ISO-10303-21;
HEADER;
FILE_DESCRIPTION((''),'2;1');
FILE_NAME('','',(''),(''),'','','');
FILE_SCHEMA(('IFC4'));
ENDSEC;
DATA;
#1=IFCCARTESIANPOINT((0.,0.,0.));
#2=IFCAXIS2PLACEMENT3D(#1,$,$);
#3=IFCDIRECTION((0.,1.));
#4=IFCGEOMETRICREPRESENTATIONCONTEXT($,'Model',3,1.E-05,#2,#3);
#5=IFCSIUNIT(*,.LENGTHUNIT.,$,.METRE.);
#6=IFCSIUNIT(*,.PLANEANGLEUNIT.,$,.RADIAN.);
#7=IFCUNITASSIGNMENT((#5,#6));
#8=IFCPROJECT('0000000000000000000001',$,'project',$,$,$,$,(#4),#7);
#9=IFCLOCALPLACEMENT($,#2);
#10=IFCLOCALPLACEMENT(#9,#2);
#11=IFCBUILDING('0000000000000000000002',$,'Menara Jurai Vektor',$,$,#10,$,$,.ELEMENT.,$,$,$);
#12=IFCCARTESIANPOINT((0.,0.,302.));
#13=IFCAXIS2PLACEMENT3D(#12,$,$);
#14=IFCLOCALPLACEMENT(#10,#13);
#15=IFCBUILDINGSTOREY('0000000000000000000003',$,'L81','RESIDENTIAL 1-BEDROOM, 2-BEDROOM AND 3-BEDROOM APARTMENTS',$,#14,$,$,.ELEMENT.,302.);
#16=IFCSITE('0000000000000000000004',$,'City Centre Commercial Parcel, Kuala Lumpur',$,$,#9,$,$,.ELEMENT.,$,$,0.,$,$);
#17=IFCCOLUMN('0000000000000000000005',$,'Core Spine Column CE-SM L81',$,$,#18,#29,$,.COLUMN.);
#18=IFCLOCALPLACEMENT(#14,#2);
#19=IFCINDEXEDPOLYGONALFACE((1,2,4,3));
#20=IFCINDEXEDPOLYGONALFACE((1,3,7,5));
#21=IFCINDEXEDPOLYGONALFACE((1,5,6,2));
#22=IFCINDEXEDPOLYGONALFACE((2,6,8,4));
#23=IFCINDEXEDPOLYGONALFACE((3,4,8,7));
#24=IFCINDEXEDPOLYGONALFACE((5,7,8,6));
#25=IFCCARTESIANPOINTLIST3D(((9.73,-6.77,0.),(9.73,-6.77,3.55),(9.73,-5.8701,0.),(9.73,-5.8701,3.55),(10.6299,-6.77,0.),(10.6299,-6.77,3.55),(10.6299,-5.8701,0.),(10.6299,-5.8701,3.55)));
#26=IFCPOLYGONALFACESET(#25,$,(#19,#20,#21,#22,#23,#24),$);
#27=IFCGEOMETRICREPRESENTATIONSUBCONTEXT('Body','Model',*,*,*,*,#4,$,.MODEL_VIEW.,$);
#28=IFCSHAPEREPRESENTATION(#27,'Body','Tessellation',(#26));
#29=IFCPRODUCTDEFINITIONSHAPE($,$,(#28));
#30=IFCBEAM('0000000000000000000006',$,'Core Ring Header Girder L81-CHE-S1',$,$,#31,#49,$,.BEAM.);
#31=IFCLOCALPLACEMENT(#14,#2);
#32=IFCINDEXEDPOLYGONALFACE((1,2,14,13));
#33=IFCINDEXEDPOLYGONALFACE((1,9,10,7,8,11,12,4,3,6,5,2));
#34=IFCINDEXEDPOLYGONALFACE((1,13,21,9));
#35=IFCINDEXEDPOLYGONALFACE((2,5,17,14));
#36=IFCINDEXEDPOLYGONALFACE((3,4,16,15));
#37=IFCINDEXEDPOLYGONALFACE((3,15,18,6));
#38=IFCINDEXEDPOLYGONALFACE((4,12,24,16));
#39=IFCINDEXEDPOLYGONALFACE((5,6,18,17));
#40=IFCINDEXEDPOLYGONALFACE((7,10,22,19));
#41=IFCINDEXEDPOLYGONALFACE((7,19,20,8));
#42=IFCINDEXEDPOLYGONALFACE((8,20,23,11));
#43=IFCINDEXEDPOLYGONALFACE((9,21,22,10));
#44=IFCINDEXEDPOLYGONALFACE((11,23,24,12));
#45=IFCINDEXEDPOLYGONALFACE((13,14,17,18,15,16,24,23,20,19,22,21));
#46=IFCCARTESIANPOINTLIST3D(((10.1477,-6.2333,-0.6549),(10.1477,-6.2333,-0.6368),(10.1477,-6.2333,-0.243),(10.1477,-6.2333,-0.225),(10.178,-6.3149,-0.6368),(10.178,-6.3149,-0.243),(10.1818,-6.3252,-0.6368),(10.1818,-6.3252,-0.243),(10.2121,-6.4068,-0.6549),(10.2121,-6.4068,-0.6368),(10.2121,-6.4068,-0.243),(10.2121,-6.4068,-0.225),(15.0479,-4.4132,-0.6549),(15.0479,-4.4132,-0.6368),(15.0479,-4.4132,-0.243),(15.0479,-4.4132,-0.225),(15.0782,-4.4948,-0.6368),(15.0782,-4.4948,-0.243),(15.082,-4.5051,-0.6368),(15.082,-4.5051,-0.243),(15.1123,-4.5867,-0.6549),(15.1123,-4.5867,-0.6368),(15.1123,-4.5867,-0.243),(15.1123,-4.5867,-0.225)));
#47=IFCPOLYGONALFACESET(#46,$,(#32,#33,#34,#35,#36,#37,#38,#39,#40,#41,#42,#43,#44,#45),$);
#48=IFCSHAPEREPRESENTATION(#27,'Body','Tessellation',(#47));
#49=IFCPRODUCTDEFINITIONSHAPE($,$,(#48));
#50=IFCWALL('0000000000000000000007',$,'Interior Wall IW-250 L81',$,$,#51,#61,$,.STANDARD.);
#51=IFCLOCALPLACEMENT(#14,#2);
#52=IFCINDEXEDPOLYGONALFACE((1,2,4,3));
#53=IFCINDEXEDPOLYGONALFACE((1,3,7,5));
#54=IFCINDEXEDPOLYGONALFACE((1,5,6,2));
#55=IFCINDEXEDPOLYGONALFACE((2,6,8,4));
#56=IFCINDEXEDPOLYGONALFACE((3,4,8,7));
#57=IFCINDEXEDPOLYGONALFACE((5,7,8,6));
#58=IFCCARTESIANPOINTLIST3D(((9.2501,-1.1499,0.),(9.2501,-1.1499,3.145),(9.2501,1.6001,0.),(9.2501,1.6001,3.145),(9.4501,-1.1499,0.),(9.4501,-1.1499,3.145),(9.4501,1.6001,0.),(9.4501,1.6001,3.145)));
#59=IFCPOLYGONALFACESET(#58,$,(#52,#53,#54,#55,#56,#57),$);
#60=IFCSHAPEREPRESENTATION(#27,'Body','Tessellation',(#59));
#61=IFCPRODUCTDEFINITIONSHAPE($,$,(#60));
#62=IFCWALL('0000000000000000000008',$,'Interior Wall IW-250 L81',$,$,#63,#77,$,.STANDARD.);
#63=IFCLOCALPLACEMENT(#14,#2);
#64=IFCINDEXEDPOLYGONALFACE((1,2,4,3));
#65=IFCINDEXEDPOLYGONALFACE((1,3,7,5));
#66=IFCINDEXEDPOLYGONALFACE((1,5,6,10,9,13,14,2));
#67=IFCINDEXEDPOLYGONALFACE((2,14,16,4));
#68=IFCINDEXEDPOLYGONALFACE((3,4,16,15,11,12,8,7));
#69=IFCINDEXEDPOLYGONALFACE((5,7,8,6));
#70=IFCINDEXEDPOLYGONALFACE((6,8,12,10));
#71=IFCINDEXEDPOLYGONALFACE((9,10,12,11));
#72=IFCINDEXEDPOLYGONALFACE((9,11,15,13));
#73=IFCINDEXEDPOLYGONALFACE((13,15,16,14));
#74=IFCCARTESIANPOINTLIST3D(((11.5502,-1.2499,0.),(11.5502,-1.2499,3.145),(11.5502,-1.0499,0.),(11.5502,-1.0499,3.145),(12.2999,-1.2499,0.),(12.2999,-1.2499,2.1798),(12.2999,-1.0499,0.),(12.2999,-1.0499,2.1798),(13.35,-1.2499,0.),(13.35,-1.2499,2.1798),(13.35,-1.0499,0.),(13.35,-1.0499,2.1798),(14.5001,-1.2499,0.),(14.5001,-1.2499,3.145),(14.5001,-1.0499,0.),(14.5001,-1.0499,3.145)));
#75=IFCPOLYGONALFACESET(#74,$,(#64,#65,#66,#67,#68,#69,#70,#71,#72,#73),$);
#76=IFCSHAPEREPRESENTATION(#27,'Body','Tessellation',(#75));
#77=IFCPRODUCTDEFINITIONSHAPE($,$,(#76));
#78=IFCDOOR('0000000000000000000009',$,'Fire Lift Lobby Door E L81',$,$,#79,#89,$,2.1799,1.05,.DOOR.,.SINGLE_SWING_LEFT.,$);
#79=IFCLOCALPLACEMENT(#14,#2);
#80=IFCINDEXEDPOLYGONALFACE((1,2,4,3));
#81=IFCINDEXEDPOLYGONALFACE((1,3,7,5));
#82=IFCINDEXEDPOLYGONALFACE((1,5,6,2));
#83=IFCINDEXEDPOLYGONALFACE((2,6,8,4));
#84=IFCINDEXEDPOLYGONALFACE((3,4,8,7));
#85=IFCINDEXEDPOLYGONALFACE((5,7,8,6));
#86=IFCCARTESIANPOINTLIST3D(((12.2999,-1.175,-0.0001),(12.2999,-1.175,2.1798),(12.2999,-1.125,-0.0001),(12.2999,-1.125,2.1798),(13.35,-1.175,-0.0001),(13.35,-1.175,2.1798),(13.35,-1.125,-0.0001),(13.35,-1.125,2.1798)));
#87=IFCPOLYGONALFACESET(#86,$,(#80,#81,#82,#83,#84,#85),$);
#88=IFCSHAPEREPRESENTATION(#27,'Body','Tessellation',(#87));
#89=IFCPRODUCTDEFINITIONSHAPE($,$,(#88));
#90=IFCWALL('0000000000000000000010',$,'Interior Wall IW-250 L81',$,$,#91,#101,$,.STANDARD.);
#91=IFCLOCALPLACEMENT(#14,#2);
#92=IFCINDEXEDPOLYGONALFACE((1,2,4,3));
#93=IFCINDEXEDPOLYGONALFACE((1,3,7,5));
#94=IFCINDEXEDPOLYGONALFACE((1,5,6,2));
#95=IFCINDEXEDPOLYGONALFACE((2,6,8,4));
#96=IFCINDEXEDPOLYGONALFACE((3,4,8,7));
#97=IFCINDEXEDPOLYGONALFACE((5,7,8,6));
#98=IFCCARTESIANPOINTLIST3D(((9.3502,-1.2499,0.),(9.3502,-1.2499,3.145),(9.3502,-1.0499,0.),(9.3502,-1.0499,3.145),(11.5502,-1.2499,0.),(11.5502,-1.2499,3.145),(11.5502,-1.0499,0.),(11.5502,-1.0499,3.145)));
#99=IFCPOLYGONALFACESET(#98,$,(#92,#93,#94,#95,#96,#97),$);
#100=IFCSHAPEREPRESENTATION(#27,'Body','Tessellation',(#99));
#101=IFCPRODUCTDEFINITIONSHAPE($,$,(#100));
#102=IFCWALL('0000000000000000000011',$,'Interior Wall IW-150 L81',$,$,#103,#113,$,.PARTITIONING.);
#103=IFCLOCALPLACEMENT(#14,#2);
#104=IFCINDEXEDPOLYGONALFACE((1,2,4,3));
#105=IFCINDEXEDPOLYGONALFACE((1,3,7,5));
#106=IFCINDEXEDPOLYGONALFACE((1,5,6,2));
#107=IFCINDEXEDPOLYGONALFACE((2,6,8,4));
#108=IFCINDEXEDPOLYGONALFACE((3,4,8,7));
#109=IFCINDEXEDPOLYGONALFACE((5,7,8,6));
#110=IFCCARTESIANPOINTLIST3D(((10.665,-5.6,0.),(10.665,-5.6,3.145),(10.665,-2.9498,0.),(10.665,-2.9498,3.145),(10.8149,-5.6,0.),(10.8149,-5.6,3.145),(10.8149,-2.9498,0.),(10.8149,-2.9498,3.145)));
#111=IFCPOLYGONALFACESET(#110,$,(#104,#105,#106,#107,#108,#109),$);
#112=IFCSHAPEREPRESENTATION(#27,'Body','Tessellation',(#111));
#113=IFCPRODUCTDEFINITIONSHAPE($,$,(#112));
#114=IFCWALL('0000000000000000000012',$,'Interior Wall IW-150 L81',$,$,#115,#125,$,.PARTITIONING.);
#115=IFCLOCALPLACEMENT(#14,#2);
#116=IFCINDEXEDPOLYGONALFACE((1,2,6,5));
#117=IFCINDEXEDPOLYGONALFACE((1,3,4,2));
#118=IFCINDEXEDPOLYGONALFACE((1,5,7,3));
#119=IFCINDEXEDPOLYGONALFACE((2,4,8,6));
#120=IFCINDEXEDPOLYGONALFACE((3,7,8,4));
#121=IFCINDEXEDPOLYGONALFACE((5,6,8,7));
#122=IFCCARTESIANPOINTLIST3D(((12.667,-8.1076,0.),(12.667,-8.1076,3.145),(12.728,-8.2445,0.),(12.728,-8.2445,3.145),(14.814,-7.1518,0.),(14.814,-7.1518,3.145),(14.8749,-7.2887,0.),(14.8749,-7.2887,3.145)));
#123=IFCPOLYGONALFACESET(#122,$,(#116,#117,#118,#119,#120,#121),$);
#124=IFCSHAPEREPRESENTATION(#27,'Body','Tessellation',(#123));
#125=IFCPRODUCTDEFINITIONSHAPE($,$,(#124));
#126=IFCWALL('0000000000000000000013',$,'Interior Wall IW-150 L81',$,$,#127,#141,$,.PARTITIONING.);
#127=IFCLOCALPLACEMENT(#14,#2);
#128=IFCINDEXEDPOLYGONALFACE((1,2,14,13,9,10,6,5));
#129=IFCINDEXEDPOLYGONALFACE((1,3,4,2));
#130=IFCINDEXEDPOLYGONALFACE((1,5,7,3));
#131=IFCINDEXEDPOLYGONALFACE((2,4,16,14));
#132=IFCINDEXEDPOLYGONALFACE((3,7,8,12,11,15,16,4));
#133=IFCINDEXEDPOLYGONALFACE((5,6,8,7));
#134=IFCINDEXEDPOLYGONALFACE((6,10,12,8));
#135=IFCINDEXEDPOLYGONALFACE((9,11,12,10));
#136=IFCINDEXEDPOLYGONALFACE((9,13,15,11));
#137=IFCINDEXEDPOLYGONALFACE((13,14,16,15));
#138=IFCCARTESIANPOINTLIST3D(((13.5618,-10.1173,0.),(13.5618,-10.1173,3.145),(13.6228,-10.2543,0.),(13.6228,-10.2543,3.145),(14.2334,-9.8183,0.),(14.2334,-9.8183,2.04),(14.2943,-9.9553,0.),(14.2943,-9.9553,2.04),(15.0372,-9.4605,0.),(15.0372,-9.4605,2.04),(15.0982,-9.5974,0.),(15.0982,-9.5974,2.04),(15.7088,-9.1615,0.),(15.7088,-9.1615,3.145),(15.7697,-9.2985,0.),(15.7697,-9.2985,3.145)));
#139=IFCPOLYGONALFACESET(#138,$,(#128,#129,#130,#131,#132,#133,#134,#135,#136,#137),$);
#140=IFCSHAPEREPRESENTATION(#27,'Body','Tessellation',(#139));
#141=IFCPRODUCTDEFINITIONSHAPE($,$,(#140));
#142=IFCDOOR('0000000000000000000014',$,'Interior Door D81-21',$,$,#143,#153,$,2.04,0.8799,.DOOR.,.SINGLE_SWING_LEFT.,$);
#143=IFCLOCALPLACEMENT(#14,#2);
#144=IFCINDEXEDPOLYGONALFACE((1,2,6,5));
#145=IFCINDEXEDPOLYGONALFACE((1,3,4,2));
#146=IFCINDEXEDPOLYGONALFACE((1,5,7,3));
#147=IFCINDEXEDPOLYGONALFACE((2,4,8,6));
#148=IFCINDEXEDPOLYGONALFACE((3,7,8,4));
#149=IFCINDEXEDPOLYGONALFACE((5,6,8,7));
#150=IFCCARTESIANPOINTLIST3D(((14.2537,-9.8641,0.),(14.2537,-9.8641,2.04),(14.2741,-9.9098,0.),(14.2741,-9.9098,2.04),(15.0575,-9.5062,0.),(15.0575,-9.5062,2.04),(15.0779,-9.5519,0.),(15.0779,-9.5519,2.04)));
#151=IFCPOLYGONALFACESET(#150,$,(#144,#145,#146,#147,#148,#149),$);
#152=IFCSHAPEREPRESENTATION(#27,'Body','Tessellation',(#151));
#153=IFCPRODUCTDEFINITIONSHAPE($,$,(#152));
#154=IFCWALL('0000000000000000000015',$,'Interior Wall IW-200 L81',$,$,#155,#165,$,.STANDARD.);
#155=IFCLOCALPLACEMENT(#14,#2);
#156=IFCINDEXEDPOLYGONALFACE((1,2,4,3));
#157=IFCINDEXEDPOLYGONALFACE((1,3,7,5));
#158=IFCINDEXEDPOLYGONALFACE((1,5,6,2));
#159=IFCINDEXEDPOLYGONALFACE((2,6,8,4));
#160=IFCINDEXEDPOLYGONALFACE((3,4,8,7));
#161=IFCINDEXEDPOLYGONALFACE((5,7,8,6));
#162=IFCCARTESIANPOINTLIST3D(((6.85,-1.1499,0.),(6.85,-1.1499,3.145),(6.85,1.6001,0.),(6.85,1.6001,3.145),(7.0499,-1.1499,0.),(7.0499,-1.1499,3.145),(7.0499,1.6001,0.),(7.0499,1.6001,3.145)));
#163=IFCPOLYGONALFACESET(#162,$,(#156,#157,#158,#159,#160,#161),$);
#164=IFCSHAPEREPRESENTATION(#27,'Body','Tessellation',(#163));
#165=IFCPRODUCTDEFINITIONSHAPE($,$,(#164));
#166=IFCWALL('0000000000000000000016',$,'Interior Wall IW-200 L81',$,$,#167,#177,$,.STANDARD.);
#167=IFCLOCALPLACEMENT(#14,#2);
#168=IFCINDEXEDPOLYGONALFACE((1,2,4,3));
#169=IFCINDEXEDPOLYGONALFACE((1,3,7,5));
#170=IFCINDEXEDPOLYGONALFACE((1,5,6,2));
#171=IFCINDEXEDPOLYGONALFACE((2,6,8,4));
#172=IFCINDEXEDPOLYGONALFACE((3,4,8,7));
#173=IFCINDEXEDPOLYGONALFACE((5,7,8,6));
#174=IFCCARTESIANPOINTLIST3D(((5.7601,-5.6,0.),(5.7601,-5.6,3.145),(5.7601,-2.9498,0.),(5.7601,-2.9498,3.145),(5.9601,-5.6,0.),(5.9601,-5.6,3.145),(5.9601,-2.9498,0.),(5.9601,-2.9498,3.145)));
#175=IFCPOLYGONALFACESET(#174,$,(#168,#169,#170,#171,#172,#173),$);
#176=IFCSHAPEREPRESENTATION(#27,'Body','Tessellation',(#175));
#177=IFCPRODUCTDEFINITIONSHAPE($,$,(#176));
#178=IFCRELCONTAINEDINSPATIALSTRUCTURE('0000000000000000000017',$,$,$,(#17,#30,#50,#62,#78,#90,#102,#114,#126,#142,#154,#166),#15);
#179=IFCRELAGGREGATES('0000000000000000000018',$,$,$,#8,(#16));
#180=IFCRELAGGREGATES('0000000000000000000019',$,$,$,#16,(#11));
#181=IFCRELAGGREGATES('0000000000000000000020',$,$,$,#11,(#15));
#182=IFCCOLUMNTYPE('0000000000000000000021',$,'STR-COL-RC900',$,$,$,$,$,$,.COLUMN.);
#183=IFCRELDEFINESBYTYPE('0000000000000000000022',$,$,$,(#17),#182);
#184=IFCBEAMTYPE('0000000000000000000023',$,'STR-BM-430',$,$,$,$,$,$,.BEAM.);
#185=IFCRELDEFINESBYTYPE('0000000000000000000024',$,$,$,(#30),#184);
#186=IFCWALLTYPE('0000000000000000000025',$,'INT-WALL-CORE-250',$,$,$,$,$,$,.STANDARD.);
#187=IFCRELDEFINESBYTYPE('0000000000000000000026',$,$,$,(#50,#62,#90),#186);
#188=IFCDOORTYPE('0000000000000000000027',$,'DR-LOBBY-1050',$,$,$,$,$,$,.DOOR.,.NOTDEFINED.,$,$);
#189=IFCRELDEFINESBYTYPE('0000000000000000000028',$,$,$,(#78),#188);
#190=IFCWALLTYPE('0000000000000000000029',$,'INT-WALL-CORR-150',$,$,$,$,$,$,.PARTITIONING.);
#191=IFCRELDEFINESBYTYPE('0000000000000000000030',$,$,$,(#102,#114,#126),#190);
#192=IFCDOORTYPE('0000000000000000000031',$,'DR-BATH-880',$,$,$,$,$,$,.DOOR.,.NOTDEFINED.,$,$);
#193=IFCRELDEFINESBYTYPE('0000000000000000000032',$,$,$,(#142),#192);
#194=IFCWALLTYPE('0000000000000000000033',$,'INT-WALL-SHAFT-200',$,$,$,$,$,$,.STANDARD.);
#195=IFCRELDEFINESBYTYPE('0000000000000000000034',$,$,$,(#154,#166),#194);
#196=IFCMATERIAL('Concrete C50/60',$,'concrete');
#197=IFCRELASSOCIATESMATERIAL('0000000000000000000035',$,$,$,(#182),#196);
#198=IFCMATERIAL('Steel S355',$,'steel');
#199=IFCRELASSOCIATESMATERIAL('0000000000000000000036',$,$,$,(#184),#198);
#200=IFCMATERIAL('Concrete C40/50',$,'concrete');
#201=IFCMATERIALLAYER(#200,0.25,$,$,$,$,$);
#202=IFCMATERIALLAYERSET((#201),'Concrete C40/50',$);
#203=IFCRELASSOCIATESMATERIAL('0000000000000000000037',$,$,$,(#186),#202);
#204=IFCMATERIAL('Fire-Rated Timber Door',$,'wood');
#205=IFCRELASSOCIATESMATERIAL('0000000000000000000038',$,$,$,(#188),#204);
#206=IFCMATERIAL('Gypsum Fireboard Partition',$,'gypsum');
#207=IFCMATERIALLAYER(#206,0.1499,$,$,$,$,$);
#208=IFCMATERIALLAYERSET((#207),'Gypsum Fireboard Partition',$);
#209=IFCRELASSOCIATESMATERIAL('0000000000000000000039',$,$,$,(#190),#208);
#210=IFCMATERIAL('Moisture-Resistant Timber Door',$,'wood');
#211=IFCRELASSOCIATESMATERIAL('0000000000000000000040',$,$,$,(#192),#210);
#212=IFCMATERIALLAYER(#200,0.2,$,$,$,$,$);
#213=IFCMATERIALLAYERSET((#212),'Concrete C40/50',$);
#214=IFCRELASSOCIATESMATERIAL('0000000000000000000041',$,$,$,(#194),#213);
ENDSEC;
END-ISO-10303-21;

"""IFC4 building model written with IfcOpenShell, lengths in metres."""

from ifc_helpers import new_model, si_unit, direction, frame, frame_2d, origin, origin_2d, place, context, subcontext, project, spatial, rectangle, i_section, extrude, material, layer, layer_set, material_profile, profile_set, type_object, element, fill, save


model = new_model("IFC4")

# Units and contexts
model_context = context("Model", 3, precision=1e-05, world=origin(), true_north=direction((0.0, 1.0)))
body_context = subcontext(model_context, "Body", "Model", "MODEL_VIEW")
ifc_project = project(units=[si_unit("LENGTHUNIT", "METRE"), si_unit("PLANEANGLEUNIT", "RADIAN")], contexts=[model_context])

# Site, building, storey
site_placement = place(None, origin())
site = spatial("IfcSite", under=ifc_project, at=site_placement, Name="City Centre Commercial Parcel, Kuala Lumpur", CompositionType="ELEMENT", RefElevation=0.0)
building_placement = place(site_placement, origin())
building = spatial("IfcBuilding", under=site, at=building_placement, Name="Menara Jurai Vektor", CompositionType="ELEMENT")
storey_placement = place(building_placement, frame((0.0, 0.0, 302.0)))
storey = spatial("IfcBuildingStorey", under=building, at=storey_placement, Name="L81", Description="RESIDENTIAL 1-BEDROOM, 2-BEDROOM AND 3-BEDROOM APARTMENTS", CompositionType="ELEMENT", Elevation=302.0)

# Column
ifc_material_1 = material(Name="Concrete C50/60", Category="concrete")
ifc_material_profile_1 = material_profile(ifc_material_1, rectangle(XDim=0.8999, YDim=0.8999, at=origin_2d()), Name="RC 900x900")
ifc_profile_set_1 = profile_set([ifc_material_profile_1], Name="Concrete C50/60")
column_type = type_object("IfcColumnType", Name="STR-COL-RC900", PredefinedType="COLUMN", material=ifc_profile_set_1)
column_placement = place(storey_placement, frame((10.1799, -6.3201, 0.0), z_axis=(0.0, 0.0, 1.0), x_axis=(1.0, 0.0, 0.0)))
element("IfcColumn", 1, at=column_placement, inside=storey, type_object=column_type, Name="Core Spine Column CE-SM L81", PredefinedType="COLUMN", context=body_context, shape_type="SweptSolid", body=[
    extrude(rectangle(XDim=0.8999, YDim=0.8999, at=origin_2d()), origin(), (0.0, 0.0, 1.0), 3.55),
])

# Beam
ifc_material_2 = material(Name="Steel S355", Category="steel")
ifc_material_profile_2 = material_profile(ifc_material_2, i_section(OverallWidth=0.1851, OverallDepth=0.4299, WebThickness=0.011, FlangeThickness=0.0181, at=origin_2d()), Name="PG 430x185x76")
ifc_profile_set_2 = profile_set([ifc_material_profile_2], Name="Steel S355")
beam_type = type_object("IfcBeamType", Name="STR-BM-430", PredefinedType="BEAM", material=ifc_profile_set_2)
beam_placement = place(storey_placement, frame((10.1799, -6.3201, -0.4399), z_axis=(0.937424, 0.348189, 0.0), x_axis=(-0.348189, 0.937424, 0.0)))
element("IfcBeam", 2, at=beam_placement, inside=storey, type_object=beam_type, Name="Core Ring Header Girder L81-CHE-S1", PredefinedType="BEAM", context=body_context, shape_type="SweptSolid", body=[
    extrude(i_section(OverallWidth=0.1851, OverallDepth=0.4299, WebThickness=0.011, FlangeThickness=0.0181, at=origin_2d()), origin(), (0.0, 0.0, 1.0), 5.2273),
])

# Shared definitions
ifc_material_3 = material(Name="Concrete C40/50", Category="concrete")
ifc_layer_1 = layer(ifc_material_3, 0.25)
ifc_layer_set_1 = layer_set([ifc_layer_1], Name="Concrete C40/50")
wall_type_1 = type_object("IfcWallType", Name="INT-WALL-CORE-250", PredefinedType="STANDARD", material=ifc_layer_set_1)

# Wall
wall_1_placement = place(storey_placement, frame((9.3501, -1.1499, 0.0), z_axis=(0.0, 0.0, 1.0), x_axis=(0.0, 1.0, 0.0)))
element("IfcWall", 3, at=wall_1_placement, inside=storey, type_object=wall_type_1, Name="Interior Wall IW-250 L81", PredefinedType="STANDARD", context=body_context, shape_type="SweptSolid", body=[
    extrude(rectangle(XDim=2.75, YDim=0.2, at=frame_2d((1.375, 0.0))), origin(), (0.0, 0.0, 1.0), 3.145),
])

# Wall, opening, door
wall_2_placement = place(storey_placement, frame((11.55, -1.1499, 0.0), z_axis=(0.0, 0.0, 1.0), x_axis=(1.0, 0.0, 0.0)))
wall_2 = element("IfcWall", 4, at=wall_2_placement, inside=storey, type_object=wall_type_1, Name="Interior Wall IW-250 L81", PredefinedType="STANDARD", context=body_context, shape_type="SweptSolid", body=[
    extrude(rectangle(XDim=2.95, YDim=0.2, at=frame_2d((1.4751, 0.0))), origin(), (0.0, 0.0, 1.0), 3.145),
])
opening_1_placement = place(wall_2_placement, frame((0.75, 0.0, 0.0)))
opening_1 = element("IfcOpeningElement", 5, at=opening_1_placement, cuts=wall_2, PredefinedType="OPENING", context=body_context, shape_type="SweptSolid", body=[
    extrude(rectangle(XDim=1.05, YDim=2.1799, at=frame_2d((0.5249, 1.0898))), frame((0.0, 0.1099, 0.0), z_axis=(0.0, -1.0, 0.0), x_axis=(1.0, 0.0, 0.0)), (0.0, 0.0, 1.0), 0.22),
])
ifc_material_4 = material(Name="Fire-Rated Timber Door", Category="wood")
door_type_1 = type_object("IfcDoorType", Name="DR-LOBBY-1050", OperationType="NOTDEFINED", PredefinedType="DOOR", material=ifc_material_4)
door_1_placement = place(opening_1_placement, origin())
door_1 = element("IfcDoor", 6, at=door_1_placement, inside=storey, type_object=door_type_1, Name="Fire Lift Lobby Door E L81", OperationType="SINGLE_SWING_LEFT", OverallHeight=2.1799, OverallWidth=1.05, PredefinedType="DOOR", context=body_context, shape_type="SweptSolid", body=[
    extrude(rectangle(XDim=1.05, YDim=2.1799, at=frame_2d((0.5249, 1.0898))), frame((0.0, 0.0249, 0.0), z_axis=(0.0, -1.0, 0.0), x_axis=(1.0, 0.0, 0.0)), (0.0, 0.0, 1.0), 0.05),
])
fill(opening_1, door_1)

# Walls
wall_3_placement = place(storey_placement, frame((9.3501, -1.1499, 0.0), z_axis=(0.0, 0.0, 1.0), x_axis=(1.0, 0.0, 0.0)))
element("IfcWall", 7, at=wall_3_placement, inside=storey, type_object=wall_type_1, Name="Interior Wall IW-250 L81", PredefinedType="STANDARD", context=body_context, shape_type="SweptSolid", body=[
    extrude(rectangle(XDim=2.2, YDim=0.2, at=frame_2d((1.1001, 0.0))), origin(), (0.0, 0.0, 1.0), 3.145),
])
ifc_material_5 = material(Name="Gypsum Fireboard Partition", Category="gypsum")
ifc_layer_2 = layer(ifc_material_5, 0.1499)
ifc_layer_set_2 = layer_set([ifc_layer_2], Name="Gypsum Fireboard Partition")
wall_type_2 = type_object("IfcWallType", Name="INT-WALL-CORR-150", PredefinedType="PARTITIONING", material=ifc_layer_set_2)
wall_4_placement = place(storey_placement, frame((10.74, -5.6001, 0.0), z_axis=(0.0, 0.0, 1.0), x_axis=(0.0, 1.0, 0.0)))
element("IfcWall", 8, at=wall_4_placement, inside=storey, type_object=wall_type_2, Name="Interior Wall IW-150 L81", PredefinedType="PARTITIONING", context=body_context, shape_type="SweptSolid", body=[
    extrude(rectangle(XDim=2.6501, YDim=0.1499, at=frame_2d((1.3252, 0.0))), origin(), (0.0, 0.0, 1.0), 3.145),
])
wall_5_placement = place(storey_placement, frame((12.6975, -8.176, 0.0), z_axis=(0.0, 0.0, 1.0), x_axis=(0.913559, 0.406707, 0.0)))
element("IfcWall", 9, at=wall_5_placement, inside=storey, type_object=wall_type_2, Name="Interior Wall IW-150 L81", PredefinedType="PARTITIONING", context=body_context, shape_type="SweptSolid", body=[
    extrude(rectangle(XDim=2.3501, YDim=0.1499, at=frame_2d((1.175, 0.0))), origin(), (0.0, 0.0, 1.0), 3.145),
])

# Wall, opening, door
wall_6_placement = place(storey_placement, frame((13.5923, -10.1858, 0.0), z_axis=(0.0, 0.0, 1.0), x_axis=(0.913559, 0.406707, 0.0)))
wall_6 = element("IfcWall", 10, at=wall_6_placement, inside=storey, type_object=wall_type_2, Name="Interior Wall IW-150 L81", PredefinedType="PARTITIONING", context=body_context, shape_type="SweptSolid", body=[
    extrude(rectangle(XDim=2.3501, YDim=0.1499, at=frame_2d((1.175, 0.0))), origin(), (0.0, 0.0, 1.0), 3.145),
])
opening_2_placement = place(wall_6_placement, frame((0.7351, 0.0, 0.0)))
opening_2 = element("IfcOpeningElement", 11, at=opening_2_placement, cuts=wall_6, PredefinedType="OPENING", context=body_context, shape_type="SweptSolid", body=[
    extrude(rectangle(XDim=0.8799, YDim=2.04, at=frame_2d((0.4399, 1.02))), frame((0.0, 0.085, 0.0), z_axis=(0.0, -1.0, 0.0), x_axis=(1.0, 0.0, 0.0)), (0.0, 0.0, 1.0), 0.1699),
])
ifc_material_6 = material(Name="Moisture-Resistant Timber Door", Category="wood")
door_type_2 = type_object("IfcDoorType", Name="DR-BATH-880", OperationType="NOTDEFINED", PredefinedType="DOOR", material=ifc_material_6)
door_2_placement = place(opening_2_placement, origin())
door_2 = element("IfcDoor", 12, at=door_2_placement, inside=storey, type_object=door_type_2, Name="Interior Door D81-21", OperationType="SINGLE_SWING_LEFT", OverallHeight=2.04, OverallWidth=0.8799, PredefinedType="DOOR", context=body_context, shape_type="SweptSolid", body=[
    extrude(rectangle(XDim=0.8799, YDim=2.04, at=frame_2d((0.4399, 1.02))), frame((0.0, 0.0249, 0.0), z_axis=(0.0, -1.0, 0.0), x_axis=(1.0, 0.0, 0.0)), (0.0, 0.0, 1.0), 0.05),
])
fill(opening_2, door_2)

# Wall
ifc_layer_3 = layer(ifc_material_3, 0.2)
ifc_layer_set_3 = layer_set([ifc_layer_3], Name="Concrete C40/50")
wall_type_3 = type_object("IfcWallType", Name="INT-WALL-SHAFT-200", PredefinedType="STANDARD", material=ifc_layer_set_3)
wall_7_placement = place(storey_placement, frame((6.95, -1.1499, 0.0), z_axis=(0.0, 0.0, 1.0), x_axis=(0.0, 1.0, 0.0)))
element("IfcWall", 13, at=wall_7_placement, inside=storey, type_object=wall_type_3, Name="Interior Wall IW-200 L81", PredefinedType="STANDARD", context=body_context, shape_type="SweptSolid", body=[
    extrude(rectangle(XDim=2.75, YDim=0.2, at=frame_2d((1.375, 0.0))), origin(), (0.0, 0.0, 1.0), 3.145),
])

# Wall
wall_8_placement = place(storey_placement, frame((5.8601, -5.6001, 0.0), z_axis=(0.0, 0.0, 1.0), x_axis=(0.0, 1.0, 0.0)))
element("IfcWall", 14, at=wall_8_placement, inside=storey, type_object=wall_type_3, Name="Interior Wall IW-200 L81", PredefinedType="STANDARD", context=body_context, shape_type="SweptSolid", body=[
    extrude(rectangle(XDim=2.6501, YDim=0.2, at=frame_2d((1.3252, 0.0))), origin(), (0.0, 0.0, 1.0), 3.145),
])

save(model, "model.ifc")
